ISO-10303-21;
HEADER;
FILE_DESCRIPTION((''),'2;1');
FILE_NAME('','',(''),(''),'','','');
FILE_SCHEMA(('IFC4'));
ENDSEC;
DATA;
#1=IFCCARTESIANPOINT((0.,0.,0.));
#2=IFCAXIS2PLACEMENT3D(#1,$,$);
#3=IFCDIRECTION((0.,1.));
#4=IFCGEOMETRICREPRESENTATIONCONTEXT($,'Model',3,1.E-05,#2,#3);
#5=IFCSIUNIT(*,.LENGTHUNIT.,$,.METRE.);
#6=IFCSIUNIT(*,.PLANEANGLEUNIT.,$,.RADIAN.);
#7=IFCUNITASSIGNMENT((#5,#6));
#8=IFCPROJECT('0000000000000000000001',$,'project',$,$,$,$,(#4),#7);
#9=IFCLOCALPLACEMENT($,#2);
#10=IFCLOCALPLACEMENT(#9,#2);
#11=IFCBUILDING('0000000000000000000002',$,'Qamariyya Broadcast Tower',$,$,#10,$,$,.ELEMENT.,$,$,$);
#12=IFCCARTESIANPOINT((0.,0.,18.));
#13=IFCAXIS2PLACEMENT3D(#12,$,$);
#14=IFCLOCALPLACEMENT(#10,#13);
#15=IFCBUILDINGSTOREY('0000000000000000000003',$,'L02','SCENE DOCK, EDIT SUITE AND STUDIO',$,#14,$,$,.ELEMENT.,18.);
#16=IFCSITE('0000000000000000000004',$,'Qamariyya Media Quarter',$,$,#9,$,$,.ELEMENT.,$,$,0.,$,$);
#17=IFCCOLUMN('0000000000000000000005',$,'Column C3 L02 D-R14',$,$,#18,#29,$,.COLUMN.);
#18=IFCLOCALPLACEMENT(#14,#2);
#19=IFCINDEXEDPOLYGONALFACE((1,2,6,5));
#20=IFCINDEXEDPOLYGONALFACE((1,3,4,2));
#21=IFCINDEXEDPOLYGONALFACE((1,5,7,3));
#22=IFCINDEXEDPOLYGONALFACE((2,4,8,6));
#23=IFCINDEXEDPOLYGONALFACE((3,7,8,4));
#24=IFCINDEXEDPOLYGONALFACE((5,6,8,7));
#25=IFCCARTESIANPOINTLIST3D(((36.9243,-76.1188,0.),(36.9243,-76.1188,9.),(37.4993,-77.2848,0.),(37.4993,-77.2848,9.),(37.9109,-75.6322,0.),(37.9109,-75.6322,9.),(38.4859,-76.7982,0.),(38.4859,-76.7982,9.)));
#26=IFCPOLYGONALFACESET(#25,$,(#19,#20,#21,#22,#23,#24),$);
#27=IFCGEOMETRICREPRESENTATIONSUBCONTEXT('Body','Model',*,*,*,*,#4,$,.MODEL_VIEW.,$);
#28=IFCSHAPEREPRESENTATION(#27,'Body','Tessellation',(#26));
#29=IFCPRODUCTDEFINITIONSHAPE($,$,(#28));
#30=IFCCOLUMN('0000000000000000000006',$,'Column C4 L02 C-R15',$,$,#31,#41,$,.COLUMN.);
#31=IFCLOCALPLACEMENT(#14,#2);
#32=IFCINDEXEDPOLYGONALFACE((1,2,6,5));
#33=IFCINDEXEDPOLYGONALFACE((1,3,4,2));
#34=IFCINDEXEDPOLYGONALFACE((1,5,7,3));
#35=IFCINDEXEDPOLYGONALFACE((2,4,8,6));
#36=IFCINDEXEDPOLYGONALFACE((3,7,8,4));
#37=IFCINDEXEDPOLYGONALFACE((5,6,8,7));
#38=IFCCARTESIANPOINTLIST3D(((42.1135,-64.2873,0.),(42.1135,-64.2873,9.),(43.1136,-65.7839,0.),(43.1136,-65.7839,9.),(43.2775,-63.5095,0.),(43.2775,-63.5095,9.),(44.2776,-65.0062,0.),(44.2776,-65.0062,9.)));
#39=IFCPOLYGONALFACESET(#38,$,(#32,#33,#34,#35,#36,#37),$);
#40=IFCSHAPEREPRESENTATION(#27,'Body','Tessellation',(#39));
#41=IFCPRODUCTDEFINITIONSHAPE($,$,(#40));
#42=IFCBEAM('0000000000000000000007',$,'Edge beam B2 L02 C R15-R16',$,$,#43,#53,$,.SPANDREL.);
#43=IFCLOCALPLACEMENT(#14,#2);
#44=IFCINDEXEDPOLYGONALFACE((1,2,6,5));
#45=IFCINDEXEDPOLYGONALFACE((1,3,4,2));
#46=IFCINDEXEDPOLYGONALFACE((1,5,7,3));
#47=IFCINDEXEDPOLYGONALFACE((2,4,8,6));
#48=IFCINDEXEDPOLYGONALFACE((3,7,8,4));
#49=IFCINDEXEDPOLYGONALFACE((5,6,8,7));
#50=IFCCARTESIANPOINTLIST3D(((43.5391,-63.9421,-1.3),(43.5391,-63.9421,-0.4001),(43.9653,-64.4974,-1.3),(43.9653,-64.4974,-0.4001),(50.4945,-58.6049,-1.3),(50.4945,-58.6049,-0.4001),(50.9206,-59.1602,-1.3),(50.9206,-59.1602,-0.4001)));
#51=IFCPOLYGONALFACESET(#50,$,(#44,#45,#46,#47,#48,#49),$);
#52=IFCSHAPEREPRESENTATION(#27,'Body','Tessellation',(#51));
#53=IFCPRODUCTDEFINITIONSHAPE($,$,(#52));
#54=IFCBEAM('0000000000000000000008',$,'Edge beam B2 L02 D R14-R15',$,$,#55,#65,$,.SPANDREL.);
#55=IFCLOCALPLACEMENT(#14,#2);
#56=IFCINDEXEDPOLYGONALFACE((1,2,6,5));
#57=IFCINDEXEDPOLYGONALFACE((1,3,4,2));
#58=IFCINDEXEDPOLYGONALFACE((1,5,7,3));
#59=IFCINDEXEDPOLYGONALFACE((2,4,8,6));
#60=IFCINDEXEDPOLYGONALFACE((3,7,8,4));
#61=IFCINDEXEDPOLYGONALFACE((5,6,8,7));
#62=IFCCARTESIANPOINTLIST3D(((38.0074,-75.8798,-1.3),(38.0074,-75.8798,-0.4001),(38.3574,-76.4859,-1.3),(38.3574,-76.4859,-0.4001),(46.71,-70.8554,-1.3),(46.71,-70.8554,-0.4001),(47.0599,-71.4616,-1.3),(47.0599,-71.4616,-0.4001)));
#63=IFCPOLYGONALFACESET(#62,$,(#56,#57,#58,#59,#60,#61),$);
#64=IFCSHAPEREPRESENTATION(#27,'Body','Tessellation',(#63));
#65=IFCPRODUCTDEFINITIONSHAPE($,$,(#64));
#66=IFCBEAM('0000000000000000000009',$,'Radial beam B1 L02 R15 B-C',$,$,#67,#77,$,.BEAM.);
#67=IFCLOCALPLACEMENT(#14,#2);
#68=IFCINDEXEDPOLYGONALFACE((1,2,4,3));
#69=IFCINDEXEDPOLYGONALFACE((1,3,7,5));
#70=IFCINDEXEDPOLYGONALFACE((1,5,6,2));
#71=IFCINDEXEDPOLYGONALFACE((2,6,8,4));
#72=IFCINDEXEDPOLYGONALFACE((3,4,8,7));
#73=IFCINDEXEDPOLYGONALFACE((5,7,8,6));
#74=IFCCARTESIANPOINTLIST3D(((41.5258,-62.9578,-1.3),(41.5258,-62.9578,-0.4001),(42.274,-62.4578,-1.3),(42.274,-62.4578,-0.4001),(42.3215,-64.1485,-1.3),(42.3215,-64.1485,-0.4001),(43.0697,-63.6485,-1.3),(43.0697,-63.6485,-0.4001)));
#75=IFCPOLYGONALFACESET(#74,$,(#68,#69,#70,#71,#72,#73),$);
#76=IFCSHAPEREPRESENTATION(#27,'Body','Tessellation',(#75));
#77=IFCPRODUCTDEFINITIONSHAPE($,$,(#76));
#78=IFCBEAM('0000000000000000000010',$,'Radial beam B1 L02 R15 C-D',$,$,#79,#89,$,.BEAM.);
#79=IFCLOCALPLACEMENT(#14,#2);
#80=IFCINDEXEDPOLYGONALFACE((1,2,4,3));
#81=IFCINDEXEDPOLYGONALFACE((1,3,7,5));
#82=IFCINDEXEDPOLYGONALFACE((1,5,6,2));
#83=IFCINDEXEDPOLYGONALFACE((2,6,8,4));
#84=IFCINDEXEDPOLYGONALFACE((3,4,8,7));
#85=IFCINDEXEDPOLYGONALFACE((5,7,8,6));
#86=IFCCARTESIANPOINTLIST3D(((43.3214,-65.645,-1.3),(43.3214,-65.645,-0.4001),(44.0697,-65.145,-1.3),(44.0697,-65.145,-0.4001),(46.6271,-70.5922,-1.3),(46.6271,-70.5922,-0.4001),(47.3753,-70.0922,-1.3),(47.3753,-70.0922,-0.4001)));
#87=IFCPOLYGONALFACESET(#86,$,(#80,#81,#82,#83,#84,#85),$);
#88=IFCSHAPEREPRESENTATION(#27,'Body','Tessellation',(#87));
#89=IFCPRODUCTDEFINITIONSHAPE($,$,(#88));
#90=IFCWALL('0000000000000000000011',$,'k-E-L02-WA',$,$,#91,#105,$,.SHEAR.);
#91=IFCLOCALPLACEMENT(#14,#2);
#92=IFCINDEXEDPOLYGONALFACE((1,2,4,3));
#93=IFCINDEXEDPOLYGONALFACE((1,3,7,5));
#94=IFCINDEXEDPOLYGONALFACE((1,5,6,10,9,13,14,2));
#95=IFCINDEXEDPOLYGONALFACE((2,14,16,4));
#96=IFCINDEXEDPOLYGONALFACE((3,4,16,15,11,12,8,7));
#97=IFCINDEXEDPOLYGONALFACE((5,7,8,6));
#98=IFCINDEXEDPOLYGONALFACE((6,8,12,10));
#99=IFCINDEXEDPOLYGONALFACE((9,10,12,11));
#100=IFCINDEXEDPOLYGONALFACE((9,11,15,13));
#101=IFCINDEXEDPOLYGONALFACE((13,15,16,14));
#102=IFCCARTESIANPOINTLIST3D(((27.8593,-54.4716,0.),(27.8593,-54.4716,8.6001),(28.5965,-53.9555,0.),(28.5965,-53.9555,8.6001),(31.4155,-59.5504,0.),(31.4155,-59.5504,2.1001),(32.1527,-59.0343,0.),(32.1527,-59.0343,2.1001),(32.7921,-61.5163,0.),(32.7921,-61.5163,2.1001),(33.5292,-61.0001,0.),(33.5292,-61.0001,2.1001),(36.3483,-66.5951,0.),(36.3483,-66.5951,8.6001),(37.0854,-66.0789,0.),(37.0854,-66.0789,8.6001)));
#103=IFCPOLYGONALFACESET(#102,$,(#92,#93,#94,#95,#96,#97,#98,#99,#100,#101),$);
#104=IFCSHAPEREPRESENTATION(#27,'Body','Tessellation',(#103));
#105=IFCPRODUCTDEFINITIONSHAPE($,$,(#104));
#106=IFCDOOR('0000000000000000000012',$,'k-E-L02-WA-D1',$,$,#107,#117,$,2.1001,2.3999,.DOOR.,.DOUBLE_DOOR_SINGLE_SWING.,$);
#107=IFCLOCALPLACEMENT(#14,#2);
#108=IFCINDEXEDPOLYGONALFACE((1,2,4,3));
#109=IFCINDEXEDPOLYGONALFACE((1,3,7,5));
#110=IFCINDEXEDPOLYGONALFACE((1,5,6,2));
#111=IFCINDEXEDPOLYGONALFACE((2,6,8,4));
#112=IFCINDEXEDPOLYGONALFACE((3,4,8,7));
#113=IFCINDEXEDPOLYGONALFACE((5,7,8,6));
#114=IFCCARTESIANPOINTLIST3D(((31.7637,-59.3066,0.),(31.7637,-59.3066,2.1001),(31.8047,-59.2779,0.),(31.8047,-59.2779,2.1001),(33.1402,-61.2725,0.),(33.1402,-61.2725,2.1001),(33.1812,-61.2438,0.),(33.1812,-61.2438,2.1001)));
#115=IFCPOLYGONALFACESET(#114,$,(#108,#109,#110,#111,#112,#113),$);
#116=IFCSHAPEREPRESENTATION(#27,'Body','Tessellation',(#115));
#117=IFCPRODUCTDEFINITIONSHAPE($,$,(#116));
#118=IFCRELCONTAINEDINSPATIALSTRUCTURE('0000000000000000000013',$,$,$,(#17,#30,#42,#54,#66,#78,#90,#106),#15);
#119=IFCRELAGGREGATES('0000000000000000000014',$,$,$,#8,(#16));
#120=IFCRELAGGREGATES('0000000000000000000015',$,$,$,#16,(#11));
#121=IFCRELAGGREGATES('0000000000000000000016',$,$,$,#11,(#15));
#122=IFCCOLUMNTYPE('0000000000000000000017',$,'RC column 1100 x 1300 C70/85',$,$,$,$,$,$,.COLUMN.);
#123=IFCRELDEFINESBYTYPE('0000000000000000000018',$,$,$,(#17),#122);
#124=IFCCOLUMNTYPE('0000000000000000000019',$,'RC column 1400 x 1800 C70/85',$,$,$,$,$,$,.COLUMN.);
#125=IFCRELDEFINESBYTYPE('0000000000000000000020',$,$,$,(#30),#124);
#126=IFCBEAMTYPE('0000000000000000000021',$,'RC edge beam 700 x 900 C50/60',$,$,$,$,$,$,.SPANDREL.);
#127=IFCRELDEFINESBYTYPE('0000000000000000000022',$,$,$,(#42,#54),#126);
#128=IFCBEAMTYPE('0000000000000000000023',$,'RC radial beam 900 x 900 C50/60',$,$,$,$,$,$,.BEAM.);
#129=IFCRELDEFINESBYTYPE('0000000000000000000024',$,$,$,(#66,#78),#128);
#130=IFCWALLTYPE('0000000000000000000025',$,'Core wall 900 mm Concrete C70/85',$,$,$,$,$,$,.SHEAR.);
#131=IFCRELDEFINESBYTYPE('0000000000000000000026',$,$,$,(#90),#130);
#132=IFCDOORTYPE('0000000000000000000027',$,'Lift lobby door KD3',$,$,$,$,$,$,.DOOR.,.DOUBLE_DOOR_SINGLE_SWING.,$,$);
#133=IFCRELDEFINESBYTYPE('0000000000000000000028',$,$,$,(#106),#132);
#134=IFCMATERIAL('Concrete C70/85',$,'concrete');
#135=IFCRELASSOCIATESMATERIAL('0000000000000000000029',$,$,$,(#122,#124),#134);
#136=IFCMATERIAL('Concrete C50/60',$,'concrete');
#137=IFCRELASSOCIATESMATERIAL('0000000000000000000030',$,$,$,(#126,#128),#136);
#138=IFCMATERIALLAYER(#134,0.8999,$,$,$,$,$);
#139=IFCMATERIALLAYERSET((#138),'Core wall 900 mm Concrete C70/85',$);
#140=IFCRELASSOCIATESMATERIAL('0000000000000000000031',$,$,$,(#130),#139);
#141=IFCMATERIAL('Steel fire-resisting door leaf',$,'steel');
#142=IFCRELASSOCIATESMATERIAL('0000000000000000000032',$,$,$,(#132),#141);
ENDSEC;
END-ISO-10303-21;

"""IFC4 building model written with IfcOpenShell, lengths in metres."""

from ifc_helpers import new_model, si_unit, direction, frame, frame_2d, origin, origin_2d, place, context, subcontext, project, spatial, rectangle, extrude, material, layer, layer_set, material_profile, profile_set, type_object, element, fill, save


model = new_model("IFC4")

# Units and contexts
model_context = context("Model", 3, precision=1e-05, world=origin(), true_north=direction((0.0, 1.0)))
body_context = subcontext(model_context, "Body", "Model", "MODEL_VIEW")
ifc_project = project(units=[si_unit("LENGTHUNIT", "METRE"), si_unit("PLANEANGLEUNIT", "RADIAN")], contexts=[model_context])

# Site, building, storey
site_placement = place(None, origin())
site = spatial("IfcSite", under=ifc_project, at=site_placement, Name="Qamariyya Media Quarter", CompositionType="ELEMENT", RefElevation=0.0)
building_placement = place(site_placement, origin())
building = spatial("IfcBuilding", under=site, at=building_placement, Name="Qamariyya Broadcast Tower", CompositionType="ELEMENT")
storey_placement = place(building_placement, frame((0.0, 0.0, 18.0)))
storey = spatial("IfcBuildingStorey", under=building, at=storey_placement, Name="L02", Description="SCENE DOCK, EDIT SUITE AND STUDIO", CompositionType="ELEMENT", Elevation=18.0)

# Columns
ifc_material_1 = material(Name="Concrete C70/85", Category="concrete")
ifc_material_profile_1 = material_profile(ifc_material_1, rectangle(XDim=1.1001, YDim=1.3, at=origin_2d()))
ifc_profile_set_1 = profile_set([ifc_material_profile_1], Name="Concrete C70/85")
column_type_1 = type_object("IfcColumnType", Name="RC column 1100 x 1300 C70/85", PredefinedType="COLUMN", material=ifc_profile_set_1)
column_1_placement = place(storey_placement, frame((37.7051, -76.4585, 0.0), z_axis=(0.0, 0.0, 1.0), x_axis=(0.896873, 0.442289, 0.0)))
element("IfcColumn", 1, at=column_1_placement, inside=storey, type_object=column_type_1, Name="Column C3 L02 D-R14", PredefinedType="COLUMN", context=body_context, shape_type="SweptSolid", body=[
    extrude(rectangle(XDim=1.1001, YDim=1.3, at=origin_2d()), origin(), (0.0, 0.0, 1.0), 9.0),
])
ifc_material_profile_2 = material_profile(ifc_material_1, rectangle(XDim=1.3999, YDim=1.8, at=origin_2d()))
ifc_profile_set_2 = profile_set([ifc_material_profile_2], Name="Concrete C70/85")
column_type_2 = type_object("IfcColumnType", Name="RC column 1400 x 1800 C70/85", PredefinedType="COLUMN", material=ifc_profile_set_2)
column_2_placement = place(storey_placement, frame((43.1956, -64.6467, 0.0), z_axis=(0.0, 0.0, 1.0), x_axis=(0.83147, 0.55557, 0.0)))
element("IfcColumn", 2, at=column_2_placement, inside=storey, type_object=column_type_2, Name="Column C4 L02 C-R15", PredefinedType="COLUMN", context=body_context, shape_type="SweptSolid", body=[
    extrude(rectangle(XDim=1.3999, YDim=1.8, at=origin_2d()), origin(), (0.0, 0.0, 1.0), 9.0),
])

# Beams
ifc_material_2 = material(Name="Concrete C50/60", Category="concrete")
ifc_material_profile_3 = material_profile(ifc_material_2, rectangle(XDim=0.7, YDim=0.8999, at=origin_2d()))
ifc_profile_set_3 = profile_set([ifc_material_profile_3], Name="Concrete C50/60")
beam_type_1 = type_object("IfcBeamType", Name="RC edge beam 700 x 900 C50/60", PredefinedType="SPANDREL", material=ifc_profile_set_3)
beam_1_placement = place(storey_placement, frame((43.7522, -64.2197, -0.8501), z_axis=(0.793345, 0.608772, 0.0), x_axis=(-0.608772, 0.793345, 0.0)))
element("IfcBeam", 3, at=beam_1_placement, inside=storey, type_object=beam_type_1, Name="Edge beam B2 L02 C R15-R16", PredefinedType="SPANDREL", context=body_context, shape_type="SweptSolid", body=[
    extrude(rectangle(XDim=0.7, YDim=0.8999, at=origin_2d()), origin(), (0.0, 0.0, 1.0), 8.7671),
])
beam_2_placement = place(storey_placement, frame((38.1824, -76.1829, -0.8501), z_axis=(0.866028, 0.499996, 0.0), x_axis=(-0.499996, 0.866028, 0.0)))
element("IfcBeam", 4, at=beam_2_placement, inside=storey, type_object=beam_type_1, Name="Edge beam B2 L02 D R14-R15", PredefinedType="SPANDREL", context=body_context, shape_type="SweptSolid", body=[
    extrude(rectangle(XDim=0.7, YDim=0.8999, at=origin_2d()), origin(), (0.0, 0.0, 1.0), 10.0488),
])
ifc_material_profile_4 = material_profile(ifc_material_2, rectangle(XDim=0.8999, YDim=0.8999, at=origin_2d()))
ifc_profile_set_4 = profile_set([ifc_material_profile_4], Name="Concrete C50/60")
beam_type_2 = type_object("IfcBeamType", Name="RC radial beam 900 x 900 C50/60", PredefinedType="BEAM", material=ifc_profile_set_4)
beam_3_placement = place(storey_placement, frame((41.8999, -62.7078, -0.8501), z_axis=(0.555605, -0.831447, 0.0), x_axis=(0.831447, 0.555605, 0.0)))
element("IfcBeam", 5, at=beam_3_placement, inside=storey, type_object=beam_type_2, Name="Radial beam B1 L02 R15 B-C", PredefinedType="BEAM", context=body_context, shape_type="SweptSolid", body=[
    extrude(rectangle(XDim=0.8999, YDim=0.8999, at=origin_2d()), origin(), (0.0, 0.0, 1.0), 1.4321),
])
beam_4_placement = place(storey_placement, frame((43.6956, -65.395, -0.8501), z_axis=(0.555571, -0.831469, 0.0), x_axis=(0.831469, 0.555571, 0.0)))
element("IfcBeam", 6, at=beam_4_placement, inside=storey, type_object=beam_type_2, Name="Radial beam B1 L02 R15 C-D", PredefinedType="BEAM", context=body_context, shape_type="SweptSolid", body=[
    extrude(rectangle(XDim=0.8999, YDim=0.8999, at=origin_2d()), origin(), (0.0, 0.0, 1.0), 5.95),
])

# Wall, opening, door
ifc_layer_1 = layer(ifc_material_1, 0.8999)
ifc_layer_set_1 = layer_set([ifc_layer_1], Name="Core wall 900 mm Concrete C70/85")
wall_type_1 = type_object("IfcWallType", Name="Core wall 900 mm Concrete C70/85", PredefinedType="SHEAR", material=ifc_layer_set_1)
wall_1_placement = place(storey_placement, frame((36.7168, -66.3369, 0.0), z_axis=(0.0, 0.0, 1.0), x_axis=(-0.573577, 0.819151, 0.0)))
wall_1 = element("IfcWall", 7, at=wall_1_placement, inside=storey, type_object=wall_type_1, Name="k-E-L02-WA", PredefinedType="SHEAR", context=body_context, shape_type="SweptSolid", body=[
    extrude(rectangle(XDim=14.8, YDim=0.8999, at=frame_2d((7.3999, 0.0))), origin(), (0.0, 0.0, 1.0), 8.6001),
])
opening_1_placement = place(wall_1_placement, frame((6.2, 0.0, 0.0)))
opening_1 = element("IfcOpeningElement", 8, at=opening_1_placement, cuts=wall_1, PredefinedType="OPENING", context=body_context, shape_type="SweptSolid", body=[
    extrude(rectangle(XDim=2.3999, YDim=2.1001, at=frame_2d((1.2, 1.05))), frame((0.0, 0.46, 0.0), z_axis=(0.0, -1.0, 0.0), x_axis=(1.0, 0.0, 0.0)), (0.0, 0.0, 1.0), 0.9199),
])
ifc_material_3 = material(Name="Steel fire-resisting door leaf", Category="steel")
door_type_1 = type_object("IfcDoorType", Name="Lift lobby door KD3", OperationType="DOUBLE_DOOR_SINGLE_SWING", PredefinedType="DOOR", material=ifc_material_3)
door_1_placement = place(opening_1_placement, origin())
door_1 = element("IfcDoor", 9, at=door_1_placement, inside=storey, type_object=door_type_1, Name="k-E-L02-WA-D1", OperationType="DOUBLE_DOOR_SINGLE_SWING", OverallHeight=2.1001, OverallWidth=2.3999, PredefinedType="DOOR", context=body_context, shape_type="SweptSolid", body=[
    extrude(rectangle(XDim=2.3999, YDim=2.1001, at=frame_2d((1.2, 1.05))), frame((0.0, 0.0249, 0.0), z_axis=(0.0, -1.0, 0.0), x_axis=(1.0, 0.0, 0.0)), (0.0, 0.0, 1.0), 0.05),
])
fill(opening_1, door_1)

save(model, "model.ifc")
